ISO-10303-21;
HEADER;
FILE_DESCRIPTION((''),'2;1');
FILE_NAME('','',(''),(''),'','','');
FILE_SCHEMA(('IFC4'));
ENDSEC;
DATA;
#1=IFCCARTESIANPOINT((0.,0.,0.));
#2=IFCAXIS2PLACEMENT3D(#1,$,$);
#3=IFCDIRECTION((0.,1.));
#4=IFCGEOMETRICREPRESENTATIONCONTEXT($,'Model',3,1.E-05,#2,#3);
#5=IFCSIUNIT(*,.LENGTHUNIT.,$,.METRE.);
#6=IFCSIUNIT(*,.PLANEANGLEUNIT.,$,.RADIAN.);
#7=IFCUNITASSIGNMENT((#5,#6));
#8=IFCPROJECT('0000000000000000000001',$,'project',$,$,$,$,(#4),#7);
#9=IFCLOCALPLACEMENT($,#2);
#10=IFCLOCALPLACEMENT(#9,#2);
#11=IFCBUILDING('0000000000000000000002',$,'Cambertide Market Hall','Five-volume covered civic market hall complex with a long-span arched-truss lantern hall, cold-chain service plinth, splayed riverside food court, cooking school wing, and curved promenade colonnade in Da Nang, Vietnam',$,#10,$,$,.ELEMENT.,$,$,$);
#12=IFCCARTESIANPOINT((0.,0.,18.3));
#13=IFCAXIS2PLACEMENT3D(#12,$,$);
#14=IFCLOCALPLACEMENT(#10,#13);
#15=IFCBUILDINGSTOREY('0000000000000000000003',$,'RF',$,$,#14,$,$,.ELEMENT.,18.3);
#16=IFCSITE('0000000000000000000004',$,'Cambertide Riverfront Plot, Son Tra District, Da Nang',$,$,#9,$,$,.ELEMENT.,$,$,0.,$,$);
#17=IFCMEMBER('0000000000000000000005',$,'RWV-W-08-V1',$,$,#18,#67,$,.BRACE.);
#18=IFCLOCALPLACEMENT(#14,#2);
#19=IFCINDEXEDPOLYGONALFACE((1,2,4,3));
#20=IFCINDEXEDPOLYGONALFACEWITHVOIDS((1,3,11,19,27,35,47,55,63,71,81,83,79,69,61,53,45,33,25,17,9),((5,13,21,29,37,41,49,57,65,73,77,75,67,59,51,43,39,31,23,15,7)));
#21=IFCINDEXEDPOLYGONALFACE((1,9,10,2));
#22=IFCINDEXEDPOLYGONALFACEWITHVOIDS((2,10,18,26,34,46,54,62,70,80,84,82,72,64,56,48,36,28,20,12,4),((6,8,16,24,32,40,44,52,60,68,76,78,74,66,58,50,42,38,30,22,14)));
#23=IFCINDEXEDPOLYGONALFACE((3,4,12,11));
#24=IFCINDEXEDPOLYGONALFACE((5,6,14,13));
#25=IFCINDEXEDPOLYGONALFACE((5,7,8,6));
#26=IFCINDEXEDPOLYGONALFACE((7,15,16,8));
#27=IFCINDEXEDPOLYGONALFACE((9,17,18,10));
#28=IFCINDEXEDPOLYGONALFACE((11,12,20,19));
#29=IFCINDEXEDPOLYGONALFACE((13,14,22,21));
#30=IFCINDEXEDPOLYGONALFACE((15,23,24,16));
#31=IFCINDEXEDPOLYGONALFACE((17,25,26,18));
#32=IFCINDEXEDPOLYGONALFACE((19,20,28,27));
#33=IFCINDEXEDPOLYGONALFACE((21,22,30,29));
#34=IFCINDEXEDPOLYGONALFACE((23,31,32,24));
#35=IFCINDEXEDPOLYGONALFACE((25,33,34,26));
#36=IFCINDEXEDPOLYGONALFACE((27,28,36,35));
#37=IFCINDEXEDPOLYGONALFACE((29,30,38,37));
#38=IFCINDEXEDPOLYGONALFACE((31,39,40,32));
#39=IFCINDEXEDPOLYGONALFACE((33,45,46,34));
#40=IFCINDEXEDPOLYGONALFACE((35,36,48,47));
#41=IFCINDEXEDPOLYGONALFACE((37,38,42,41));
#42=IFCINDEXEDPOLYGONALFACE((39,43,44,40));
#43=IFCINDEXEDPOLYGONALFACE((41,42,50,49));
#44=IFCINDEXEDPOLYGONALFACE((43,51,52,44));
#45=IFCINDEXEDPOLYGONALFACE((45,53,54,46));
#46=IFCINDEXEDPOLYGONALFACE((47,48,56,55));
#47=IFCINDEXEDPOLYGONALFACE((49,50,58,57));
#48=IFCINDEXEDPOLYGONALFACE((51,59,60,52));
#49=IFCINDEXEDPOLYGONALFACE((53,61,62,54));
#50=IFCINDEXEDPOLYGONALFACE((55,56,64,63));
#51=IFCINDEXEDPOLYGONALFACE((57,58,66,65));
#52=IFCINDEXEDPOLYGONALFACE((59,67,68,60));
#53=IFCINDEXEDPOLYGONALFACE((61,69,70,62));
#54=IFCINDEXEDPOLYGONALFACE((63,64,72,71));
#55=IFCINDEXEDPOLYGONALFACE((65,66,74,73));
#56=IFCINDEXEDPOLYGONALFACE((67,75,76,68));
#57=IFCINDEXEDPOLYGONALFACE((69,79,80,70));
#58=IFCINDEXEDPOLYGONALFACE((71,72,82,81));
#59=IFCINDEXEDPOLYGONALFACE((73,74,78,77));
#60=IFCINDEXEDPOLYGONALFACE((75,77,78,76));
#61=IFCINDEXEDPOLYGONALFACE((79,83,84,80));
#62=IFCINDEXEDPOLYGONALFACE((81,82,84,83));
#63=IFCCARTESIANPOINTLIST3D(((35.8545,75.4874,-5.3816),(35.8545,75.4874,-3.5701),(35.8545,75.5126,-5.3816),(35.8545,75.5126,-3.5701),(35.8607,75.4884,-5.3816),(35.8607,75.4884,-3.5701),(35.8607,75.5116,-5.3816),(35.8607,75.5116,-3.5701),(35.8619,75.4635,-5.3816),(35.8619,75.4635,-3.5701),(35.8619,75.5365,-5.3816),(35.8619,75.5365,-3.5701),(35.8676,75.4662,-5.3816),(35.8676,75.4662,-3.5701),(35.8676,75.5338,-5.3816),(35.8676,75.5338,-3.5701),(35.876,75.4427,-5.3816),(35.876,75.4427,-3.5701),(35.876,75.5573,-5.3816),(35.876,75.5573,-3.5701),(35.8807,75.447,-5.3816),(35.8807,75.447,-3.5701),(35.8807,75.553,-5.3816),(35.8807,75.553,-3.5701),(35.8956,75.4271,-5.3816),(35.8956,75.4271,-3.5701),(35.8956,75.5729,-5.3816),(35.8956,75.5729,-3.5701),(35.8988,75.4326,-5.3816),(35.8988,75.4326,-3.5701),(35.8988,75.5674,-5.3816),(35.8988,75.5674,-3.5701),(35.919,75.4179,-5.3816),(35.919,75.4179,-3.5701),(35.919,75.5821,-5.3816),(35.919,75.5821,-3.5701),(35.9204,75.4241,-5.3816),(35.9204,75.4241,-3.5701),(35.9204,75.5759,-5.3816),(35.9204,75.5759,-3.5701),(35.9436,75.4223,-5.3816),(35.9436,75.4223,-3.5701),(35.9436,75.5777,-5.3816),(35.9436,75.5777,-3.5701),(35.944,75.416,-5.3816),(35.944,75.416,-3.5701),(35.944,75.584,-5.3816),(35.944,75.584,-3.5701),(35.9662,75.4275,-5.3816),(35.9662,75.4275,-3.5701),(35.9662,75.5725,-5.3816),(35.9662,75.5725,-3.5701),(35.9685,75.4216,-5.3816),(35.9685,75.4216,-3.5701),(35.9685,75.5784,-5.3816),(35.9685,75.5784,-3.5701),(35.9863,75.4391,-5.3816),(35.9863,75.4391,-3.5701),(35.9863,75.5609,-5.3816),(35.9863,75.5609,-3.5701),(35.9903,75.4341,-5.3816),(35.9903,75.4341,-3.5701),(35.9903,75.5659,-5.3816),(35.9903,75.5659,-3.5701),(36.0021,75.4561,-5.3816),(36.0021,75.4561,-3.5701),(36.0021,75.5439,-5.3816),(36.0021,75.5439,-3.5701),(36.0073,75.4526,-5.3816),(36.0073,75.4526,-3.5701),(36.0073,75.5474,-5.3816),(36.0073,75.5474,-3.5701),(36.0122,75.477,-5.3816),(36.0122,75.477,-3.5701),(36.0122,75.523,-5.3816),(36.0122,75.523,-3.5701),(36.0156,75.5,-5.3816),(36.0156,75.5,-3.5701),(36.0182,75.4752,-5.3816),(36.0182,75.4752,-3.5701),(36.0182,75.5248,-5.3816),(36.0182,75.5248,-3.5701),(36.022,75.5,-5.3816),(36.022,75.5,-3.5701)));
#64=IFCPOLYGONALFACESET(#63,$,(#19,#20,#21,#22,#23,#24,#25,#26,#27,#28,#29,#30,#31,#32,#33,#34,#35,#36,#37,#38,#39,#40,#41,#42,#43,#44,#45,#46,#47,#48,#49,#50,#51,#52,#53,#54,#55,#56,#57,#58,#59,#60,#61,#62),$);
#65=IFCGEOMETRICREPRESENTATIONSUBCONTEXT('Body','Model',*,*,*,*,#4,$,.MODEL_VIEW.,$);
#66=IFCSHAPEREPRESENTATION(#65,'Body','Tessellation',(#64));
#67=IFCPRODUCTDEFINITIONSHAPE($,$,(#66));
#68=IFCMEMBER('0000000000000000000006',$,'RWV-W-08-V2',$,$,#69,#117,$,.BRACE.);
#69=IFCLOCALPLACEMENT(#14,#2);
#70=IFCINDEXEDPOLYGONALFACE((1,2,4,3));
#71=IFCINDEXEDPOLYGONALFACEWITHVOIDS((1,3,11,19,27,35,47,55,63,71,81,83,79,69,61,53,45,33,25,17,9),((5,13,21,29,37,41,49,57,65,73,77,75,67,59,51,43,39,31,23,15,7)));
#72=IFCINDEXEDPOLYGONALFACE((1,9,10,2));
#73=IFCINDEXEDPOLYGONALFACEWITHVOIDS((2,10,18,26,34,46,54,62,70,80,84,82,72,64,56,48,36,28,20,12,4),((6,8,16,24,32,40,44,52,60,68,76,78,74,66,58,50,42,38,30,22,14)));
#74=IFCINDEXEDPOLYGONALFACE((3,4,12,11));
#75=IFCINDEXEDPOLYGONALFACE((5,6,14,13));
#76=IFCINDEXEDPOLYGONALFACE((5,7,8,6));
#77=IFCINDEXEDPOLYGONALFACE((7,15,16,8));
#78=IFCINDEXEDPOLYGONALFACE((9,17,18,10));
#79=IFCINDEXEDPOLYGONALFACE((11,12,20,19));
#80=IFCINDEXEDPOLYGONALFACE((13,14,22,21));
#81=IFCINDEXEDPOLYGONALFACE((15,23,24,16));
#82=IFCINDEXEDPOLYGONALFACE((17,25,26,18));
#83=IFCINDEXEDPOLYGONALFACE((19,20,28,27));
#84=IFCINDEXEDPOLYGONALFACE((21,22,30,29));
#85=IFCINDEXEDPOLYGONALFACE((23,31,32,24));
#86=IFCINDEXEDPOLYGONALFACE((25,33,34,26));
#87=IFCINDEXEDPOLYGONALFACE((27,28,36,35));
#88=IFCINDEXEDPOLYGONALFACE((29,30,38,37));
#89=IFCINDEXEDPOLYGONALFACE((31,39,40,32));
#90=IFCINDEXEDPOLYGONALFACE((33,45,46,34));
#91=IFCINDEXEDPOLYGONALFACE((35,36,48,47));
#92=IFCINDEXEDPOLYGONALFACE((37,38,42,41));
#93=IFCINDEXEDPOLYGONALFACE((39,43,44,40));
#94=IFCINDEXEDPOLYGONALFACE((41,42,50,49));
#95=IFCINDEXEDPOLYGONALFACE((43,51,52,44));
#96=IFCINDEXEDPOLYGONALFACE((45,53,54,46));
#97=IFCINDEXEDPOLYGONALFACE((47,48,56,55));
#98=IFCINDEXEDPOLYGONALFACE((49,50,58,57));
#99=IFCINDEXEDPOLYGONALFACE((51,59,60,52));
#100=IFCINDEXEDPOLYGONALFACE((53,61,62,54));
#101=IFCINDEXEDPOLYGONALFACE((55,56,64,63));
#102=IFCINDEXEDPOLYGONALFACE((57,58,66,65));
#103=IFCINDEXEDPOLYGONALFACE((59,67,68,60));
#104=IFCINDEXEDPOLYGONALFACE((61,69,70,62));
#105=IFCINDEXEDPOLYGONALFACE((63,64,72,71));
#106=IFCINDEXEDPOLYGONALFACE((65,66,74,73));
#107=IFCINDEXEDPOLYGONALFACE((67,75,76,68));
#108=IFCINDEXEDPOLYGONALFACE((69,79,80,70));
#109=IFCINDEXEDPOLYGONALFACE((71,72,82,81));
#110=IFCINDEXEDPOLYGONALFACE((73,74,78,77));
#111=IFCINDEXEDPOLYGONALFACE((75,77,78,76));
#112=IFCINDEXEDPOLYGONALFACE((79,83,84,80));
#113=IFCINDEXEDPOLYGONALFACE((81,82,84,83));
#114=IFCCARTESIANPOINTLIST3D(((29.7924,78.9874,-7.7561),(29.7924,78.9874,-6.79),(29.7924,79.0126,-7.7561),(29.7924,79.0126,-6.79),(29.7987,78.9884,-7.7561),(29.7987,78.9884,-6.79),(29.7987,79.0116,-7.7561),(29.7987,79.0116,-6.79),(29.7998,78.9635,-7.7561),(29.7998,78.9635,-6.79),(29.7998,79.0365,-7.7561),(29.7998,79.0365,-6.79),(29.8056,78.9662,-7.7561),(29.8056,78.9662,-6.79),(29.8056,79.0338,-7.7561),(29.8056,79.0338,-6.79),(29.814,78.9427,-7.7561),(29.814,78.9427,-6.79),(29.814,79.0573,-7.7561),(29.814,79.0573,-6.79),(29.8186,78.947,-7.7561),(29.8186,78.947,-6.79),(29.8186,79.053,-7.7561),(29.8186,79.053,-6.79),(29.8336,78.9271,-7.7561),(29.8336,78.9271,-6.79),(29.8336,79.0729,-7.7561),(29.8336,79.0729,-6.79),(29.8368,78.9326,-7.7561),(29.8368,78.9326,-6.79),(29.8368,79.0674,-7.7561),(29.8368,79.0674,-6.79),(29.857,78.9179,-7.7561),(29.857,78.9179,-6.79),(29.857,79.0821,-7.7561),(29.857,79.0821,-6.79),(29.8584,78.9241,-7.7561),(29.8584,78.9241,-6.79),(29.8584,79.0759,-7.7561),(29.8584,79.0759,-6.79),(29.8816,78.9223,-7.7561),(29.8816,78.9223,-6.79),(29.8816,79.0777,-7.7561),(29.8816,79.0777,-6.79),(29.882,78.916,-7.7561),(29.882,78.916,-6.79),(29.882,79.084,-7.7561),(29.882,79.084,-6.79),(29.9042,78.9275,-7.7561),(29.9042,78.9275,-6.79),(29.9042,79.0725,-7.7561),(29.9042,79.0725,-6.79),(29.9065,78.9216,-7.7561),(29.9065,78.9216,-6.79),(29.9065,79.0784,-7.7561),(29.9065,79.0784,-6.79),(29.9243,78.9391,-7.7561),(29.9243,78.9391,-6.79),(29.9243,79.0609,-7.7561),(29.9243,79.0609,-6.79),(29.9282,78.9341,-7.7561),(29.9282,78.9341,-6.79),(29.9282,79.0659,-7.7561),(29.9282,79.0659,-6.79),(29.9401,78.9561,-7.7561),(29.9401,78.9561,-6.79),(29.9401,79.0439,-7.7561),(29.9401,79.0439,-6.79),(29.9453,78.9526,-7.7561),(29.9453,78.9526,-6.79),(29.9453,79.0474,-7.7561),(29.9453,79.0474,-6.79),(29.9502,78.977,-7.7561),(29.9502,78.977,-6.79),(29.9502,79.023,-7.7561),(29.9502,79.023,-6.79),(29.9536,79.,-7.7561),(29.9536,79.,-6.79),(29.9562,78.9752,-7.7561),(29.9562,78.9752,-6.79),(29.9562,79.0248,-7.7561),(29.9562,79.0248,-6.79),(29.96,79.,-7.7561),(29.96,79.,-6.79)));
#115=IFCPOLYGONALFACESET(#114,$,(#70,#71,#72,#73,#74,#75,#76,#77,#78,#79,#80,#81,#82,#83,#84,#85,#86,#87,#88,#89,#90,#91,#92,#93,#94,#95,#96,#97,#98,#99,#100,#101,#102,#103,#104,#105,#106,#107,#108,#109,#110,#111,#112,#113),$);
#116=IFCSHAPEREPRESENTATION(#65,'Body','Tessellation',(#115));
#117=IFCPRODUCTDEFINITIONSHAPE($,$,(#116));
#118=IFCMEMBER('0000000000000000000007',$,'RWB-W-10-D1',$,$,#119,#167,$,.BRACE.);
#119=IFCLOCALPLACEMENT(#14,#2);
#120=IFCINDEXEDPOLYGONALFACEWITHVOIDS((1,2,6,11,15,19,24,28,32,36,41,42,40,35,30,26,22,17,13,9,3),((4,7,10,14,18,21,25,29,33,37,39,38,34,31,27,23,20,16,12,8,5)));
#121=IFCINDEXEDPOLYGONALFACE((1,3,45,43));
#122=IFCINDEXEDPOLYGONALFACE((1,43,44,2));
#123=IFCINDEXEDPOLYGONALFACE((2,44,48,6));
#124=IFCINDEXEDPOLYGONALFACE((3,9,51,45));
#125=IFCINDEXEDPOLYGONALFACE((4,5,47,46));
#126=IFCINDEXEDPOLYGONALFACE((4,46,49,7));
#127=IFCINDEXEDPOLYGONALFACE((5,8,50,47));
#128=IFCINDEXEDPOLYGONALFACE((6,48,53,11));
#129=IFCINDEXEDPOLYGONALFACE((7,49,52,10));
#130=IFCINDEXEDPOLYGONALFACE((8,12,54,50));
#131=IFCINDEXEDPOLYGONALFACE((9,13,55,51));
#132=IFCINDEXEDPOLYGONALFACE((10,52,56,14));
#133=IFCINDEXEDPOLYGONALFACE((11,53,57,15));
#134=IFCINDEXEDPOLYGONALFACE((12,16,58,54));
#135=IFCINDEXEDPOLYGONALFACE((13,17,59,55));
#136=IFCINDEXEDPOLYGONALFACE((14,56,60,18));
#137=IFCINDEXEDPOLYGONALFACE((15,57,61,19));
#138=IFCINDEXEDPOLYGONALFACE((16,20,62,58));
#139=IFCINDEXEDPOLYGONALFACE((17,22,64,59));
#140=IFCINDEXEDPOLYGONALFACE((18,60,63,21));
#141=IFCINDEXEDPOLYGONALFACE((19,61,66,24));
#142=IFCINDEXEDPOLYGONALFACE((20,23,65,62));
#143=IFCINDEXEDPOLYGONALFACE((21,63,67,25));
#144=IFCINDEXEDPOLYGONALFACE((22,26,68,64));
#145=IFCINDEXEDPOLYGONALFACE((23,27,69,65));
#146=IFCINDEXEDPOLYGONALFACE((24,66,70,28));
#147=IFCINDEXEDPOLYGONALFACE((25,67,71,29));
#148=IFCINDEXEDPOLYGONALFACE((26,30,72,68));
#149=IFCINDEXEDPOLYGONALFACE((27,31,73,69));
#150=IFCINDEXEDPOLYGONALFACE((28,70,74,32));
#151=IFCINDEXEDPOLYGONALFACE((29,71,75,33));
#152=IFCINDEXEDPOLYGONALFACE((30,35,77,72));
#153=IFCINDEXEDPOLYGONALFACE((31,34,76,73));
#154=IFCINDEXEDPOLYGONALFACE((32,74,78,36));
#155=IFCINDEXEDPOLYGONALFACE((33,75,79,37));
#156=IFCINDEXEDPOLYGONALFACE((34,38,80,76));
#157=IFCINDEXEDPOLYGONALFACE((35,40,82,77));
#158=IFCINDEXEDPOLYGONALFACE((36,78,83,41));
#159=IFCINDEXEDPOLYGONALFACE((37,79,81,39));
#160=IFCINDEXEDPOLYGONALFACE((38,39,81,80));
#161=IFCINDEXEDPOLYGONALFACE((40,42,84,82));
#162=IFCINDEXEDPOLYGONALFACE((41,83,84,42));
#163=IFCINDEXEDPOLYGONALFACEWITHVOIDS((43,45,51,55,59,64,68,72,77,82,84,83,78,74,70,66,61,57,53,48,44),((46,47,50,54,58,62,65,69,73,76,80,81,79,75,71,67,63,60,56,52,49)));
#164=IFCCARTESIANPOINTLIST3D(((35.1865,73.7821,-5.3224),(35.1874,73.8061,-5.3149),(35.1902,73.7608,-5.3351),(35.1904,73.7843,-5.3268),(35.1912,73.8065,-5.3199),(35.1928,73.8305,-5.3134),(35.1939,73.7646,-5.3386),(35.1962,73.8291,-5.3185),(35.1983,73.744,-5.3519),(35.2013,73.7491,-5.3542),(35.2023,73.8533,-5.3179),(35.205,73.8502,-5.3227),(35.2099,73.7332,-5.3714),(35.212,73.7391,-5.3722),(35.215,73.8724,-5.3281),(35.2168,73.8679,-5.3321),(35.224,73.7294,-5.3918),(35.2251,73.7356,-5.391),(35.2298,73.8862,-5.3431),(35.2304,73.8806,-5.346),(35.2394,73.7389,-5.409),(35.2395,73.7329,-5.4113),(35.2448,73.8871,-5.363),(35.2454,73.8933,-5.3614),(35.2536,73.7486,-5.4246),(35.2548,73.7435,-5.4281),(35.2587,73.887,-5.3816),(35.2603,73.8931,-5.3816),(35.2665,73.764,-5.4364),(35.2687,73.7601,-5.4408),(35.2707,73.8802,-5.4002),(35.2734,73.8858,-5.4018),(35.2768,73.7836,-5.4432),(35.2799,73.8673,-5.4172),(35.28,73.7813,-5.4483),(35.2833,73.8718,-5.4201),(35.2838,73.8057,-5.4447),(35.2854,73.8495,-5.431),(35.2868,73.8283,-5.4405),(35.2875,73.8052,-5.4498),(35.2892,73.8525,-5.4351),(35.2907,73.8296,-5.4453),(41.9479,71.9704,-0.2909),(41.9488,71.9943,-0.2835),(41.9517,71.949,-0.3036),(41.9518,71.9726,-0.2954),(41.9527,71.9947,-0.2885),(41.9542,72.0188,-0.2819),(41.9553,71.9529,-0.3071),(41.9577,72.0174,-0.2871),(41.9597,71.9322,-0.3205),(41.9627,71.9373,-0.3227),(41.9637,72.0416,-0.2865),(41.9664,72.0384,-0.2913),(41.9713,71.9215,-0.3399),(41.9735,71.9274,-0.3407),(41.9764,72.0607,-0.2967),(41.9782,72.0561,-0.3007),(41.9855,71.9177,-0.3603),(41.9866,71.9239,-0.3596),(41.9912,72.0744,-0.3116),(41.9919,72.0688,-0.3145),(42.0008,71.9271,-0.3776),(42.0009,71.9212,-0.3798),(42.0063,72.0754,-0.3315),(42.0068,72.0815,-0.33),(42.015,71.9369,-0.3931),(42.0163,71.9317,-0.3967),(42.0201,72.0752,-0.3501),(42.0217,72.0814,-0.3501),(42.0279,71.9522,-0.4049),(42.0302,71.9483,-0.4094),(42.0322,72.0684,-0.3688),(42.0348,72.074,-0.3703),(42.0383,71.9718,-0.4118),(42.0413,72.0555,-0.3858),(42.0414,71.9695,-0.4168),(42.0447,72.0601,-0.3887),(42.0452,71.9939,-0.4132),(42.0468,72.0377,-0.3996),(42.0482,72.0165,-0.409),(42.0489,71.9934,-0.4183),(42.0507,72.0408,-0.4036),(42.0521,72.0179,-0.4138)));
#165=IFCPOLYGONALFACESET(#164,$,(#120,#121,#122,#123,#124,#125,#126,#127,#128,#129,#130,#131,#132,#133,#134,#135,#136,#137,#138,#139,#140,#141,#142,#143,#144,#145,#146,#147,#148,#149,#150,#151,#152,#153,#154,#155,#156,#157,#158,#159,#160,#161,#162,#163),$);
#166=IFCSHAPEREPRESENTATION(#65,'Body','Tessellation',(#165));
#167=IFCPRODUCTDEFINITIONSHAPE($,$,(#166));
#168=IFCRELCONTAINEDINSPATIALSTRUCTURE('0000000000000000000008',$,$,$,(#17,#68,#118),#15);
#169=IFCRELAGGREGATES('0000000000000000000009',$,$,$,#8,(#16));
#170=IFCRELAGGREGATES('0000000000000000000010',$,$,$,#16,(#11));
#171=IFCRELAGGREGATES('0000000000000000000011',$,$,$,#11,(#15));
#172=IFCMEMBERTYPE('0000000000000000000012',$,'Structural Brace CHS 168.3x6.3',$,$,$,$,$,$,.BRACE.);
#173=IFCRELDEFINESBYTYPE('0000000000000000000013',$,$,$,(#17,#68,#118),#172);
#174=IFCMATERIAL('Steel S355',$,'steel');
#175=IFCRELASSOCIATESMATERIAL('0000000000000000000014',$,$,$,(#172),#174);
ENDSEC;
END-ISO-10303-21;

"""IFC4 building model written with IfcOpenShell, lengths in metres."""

from ifc_helpers import new_model, si_unit, direction, frame, origin, origin_2d, place, context, subcontext, project, spatial, hollow_circle, extrude, material, material_profile, profile_set, type_object, element, save


model = new_model("IFC4")

# Units and contexts
model_context = context("Model", 3, precision=1e-05, world=origin(), true_north=direction((0.0, 1.0)))
body_context = subcontext(model_context, "Body", "Model", "MODEL_VIEW")
ifc_project = project(units=[si_unit("LENGTHUNIT", "METRE"), si_unit("PLANEANGLEUNIT", "RADIAN")], contexts=[model_context])

# Site, building, storey
site_placement = place(None, origin())
site = spatial("IfcSite", under=ifc_project, at=site_placement, Name="Cambertide Riverfront Plot, Son Tra District, Da Nang", CompositionType="ELEMENT", RefElevation=0.0)
building_placement = place(site_placement, origin())
building = spatial("IfcBuilding", under=site, at=building_placement, Name="Cambertide Market Hall", Description="Five-volume covered civic market hall complex with a long-span arched-truss lantern hall, cold-chain service plinth, splayed riverside food court, cooking school wing, and curved promenade colonnade in Da Nang, Vietnam", CompositionType="ELEMENT")
storey_placement = place(building_placement, frame((0.0, 0.0, 18.3)))
storey = spatial("IfcBuildingStorey", under=building, at=storey_placement, Name="RF", CompositionType="ELEMENT", Elevation=18.3)

# Members
ifc_material_1 = material(Name="Steel S355", Category="steel")
ifc_material_profile_1 = material_profile(ifc_material_1, hollow_circle(Radius=0.0842, WallThickness=0.0063, at=origin_2d()), Name="CHS 168.3x6.3")
ifc_profile_set_1 = profile_set([ifc_material_profile_1], Name="Steel S355")
member_type_1 = type_object("IfcMemberType", Name="Structural Brace CHS 168.3x6.3", PredefinedType="BRACE", material=ifc_profile_set_1)
member_1_placement = place(storey_placement, frame((35.9377, 75.5, -5.3816), z_axis=(0.0, 0.0, 1.0), x_axis=(1.0, 0.0, 0.0)))
element("IfcMember", 1, at=member_1_placement, inside=storey, type_object=member_type_1, Name="RWV-W-08-V1", PredefinedType="BRACE", context=body_context, shape_type="SweptSolid", body=[
    extrude(hollow_circle(Radius=0.0842, WallThickness=0.0063, at=origin_2d()), origin(), (0.0, 0.0, 1.0), 1.8115),
])
member_2_placement = place(storey_placement, frame((29.8757, 79.0, -7.7561), z_axis=(0.0, 0.0, 1.0), x_axis=(1.0, 0.0, 0.0)))
element("IfcMember", 2, at=member_2_placement, inside=storey, type_object=member_type_1, Name="RWV-W-08-V2", PredefinedType="BRACE", context=body_context, shape_type="SweptSolid", body=[
    extrude(hollow_circle(Radius=0.0842, WallThickness=0.0063, at=origin_2d()), origin(), (0.0, 0.0, 1.0), 0.9661),
])
member_3_placement = place(storey_placement, frame((35.2385, 73.8118, -5.3816), z_axis=(0.784333, -0.210165, 0.583655), x_axis=(0.258824, 0.965925, 0.0)))
element("IfcMember", 3, at=member_3_placement, inside=storey, type_object=member_type_1, Name="RWB-W-10-D1", PredefinedType="BRACE", context=body_context, shape_type="SweptSolid", body=[
    extrude(hollow_circle(Radius=0.0842, WallThickness=0.0063, at=origin_2d()), origin(), (0.0, 0.0, 1.0), 8.6206),
])

save(model, "model.ifc")
